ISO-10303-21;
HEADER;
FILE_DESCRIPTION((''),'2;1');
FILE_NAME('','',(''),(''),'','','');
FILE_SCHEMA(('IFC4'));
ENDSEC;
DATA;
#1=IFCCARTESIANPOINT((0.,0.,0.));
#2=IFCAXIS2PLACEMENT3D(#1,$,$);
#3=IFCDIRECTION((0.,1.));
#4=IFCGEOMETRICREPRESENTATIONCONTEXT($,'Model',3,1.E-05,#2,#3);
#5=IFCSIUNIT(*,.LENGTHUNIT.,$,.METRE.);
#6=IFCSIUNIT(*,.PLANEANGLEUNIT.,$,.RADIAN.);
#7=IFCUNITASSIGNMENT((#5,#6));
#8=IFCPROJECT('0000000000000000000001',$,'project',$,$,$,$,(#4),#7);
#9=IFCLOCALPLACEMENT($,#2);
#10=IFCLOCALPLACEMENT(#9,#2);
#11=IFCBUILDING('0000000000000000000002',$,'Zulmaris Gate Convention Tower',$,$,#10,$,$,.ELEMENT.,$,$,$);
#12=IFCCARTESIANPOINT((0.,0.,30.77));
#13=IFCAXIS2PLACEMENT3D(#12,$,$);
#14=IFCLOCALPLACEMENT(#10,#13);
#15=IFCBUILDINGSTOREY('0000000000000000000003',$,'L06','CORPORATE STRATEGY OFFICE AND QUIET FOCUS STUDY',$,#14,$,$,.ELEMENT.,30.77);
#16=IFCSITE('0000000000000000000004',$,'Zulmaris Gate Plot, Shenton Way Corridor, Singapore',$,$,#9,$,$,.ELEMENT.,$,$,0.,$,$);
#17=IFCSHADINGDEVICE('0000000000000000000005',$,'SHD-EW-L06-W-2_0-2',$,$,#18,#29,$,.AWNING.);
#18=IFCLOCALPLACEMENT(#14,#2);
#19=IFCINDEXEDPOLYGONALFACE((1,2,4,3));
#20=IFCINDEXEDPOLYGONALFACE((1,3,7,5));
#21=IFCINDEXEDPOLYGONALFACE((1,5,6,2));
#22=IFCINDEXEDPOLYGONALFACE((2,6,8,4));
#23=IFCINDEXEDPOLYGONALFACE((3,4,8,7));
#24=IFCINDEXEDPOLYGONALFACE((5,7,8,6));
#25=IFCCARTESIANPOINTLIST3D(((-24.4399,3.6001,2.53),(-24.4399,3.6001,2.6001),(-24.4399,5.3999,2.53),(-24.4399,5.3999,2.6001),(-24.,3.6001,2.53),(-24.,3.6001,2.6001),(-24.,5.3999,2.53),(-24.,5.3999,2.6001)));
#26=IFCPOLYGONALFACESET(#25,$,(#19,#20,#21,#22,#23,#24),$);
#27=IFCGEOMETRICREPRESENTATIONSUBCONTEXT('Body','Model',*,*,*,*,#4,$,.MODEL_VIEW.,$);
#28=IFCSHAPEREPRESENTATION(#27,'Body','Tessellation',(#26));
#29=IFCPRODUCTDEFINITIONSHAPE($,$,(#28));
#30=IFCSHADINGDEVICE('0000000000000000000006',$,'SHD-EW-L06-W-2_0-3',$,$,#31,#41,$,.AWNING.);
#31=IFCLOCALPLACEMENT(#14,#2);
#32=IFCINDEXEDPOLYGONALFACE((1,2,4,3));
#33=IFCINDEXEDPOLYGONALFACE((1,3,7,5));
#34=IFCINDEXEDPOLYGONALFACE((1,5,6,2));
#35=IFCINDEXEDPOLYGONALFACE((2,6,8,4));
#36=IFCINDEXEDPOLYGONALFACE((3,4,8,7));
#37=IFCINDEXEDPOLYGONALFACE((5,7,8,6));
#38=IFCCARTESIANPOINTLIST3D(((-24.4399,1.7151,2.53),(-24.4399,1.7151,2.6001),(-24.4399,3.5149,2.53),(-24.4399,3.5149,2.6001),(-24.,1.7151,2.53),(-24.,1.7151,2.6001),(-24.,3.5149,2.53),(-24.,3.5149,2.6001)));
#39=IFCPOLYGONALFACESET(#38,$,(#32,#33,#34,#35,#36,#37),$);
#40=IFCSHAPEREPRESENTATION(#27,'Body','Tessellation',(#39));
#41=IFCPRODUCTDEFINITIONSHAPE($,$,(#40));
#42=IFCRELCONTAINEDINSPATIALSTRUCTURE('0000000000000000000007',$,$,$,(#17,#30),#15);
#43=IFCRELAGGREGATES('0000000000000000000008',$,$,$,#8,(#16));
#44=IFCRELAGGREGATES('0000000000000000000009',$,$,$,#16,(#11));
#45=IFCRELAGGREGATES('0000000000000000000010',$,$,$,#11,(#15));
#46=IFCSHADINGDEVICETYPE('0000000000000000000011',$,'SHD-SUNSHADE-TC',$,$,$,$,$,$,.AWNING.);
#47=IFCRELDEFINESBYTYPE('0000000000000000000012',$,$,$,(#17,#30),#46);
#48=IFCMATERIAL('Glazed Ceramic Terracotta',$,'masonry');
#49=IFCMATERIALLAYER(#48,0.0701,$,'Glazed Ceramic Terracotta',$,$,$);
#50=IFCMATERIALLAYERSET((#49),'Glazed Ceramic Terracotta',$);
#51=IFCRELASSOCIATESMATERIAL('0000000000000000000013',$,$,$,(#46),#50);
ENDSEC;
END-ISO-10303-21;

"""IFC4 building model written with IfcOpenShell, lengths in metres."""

from ifc_helpers import new_model, si_unit, direction, frame, frame_2d, origin, place, context, subcontext, project, spatial, rectangle, extrude, material, layer, layer_set, type_object, element, save


model = new_model("IFC4")

# Units and contexts
model_context = context("Model", 3, precision=1e-05, world=origin(), true_north=direction((0.0, 1.0)))
body_context = subcontext(model_context, "Body", "Model", "MODEL_VIEW")
ifc_project = project(units=[si_unit("LENGTHUNIT", "METRE"), si_unit("PLANEANGLEUNIT", "RADIAN")], contexts=[model_context])

# Site, building, storey
site_placement = place(None, origin())
site = spatial("IfcSite", under=ifc_project, at=site_placement, Name="Zulmaris Gate Plot, Shenton Way Corridor, Singapore", CompositionType="ELEMENT", RefElevation=0.0)
building_placement = place(site_placement, origin())
building = spatial("IfcBuilding", under=site, at=building_placement, Name="Zulmaris Gate Convention Tower", CompositionType="ELEMENT")
storey_placement = place(building_placement, frame((0.0, 0.0, 30.77)))
storey = spatial("IfcBuildingStorey", under=building, at=storey_placement, Name="L06", Description="CORPORATE STRATEGY OFFICE AND QUIET FOCUS STUDY", CompositionType="ELEMENT", Elevation=30.77)

# Shading devices
ifc_material_1 = material(Name="Glazed Ceramic Terracotta", Category="masonry")
ifc_layer_1 = layer(ifc_material_1, 0.0701, Name="Glazed Ceramic Terracotta")
ifc_layer_set_1 = layer_set([ifc_layer_1], Name="Glazed Ceramic Terracotta")
shading_device_type = type_object("IfcShadingDeviceType", Name="SHD-SUNSHADE-TC", PredefinedType="AWNING", material=ifc_layer_set_1)
for number, where, z_axis, x_axis, name in (
    (1, (-24.22, 5.3999, 2.53), (0.0, 0.0, 1.0), (0.0, -1.0, 0.0), "SHD-EW-L06-W-2_0-2"),
    (2, (-24.22, 3.5149, 2.53), (0.0, 0.0, 1.0), (0.0, -1.0, 0.0), "SHD-EW-L06-W-2_0-3"),
):
    element("IfcShadingDevice", number, at=place(storey_placement, frame(where, z_axis=z_axis, x_axis=x_axis)), inside=storey, type_object=shading_device_type, Name=name, PredefinedType="AWNING", context=body_context, shape_type="SweptSolid", body=[
        extrude(rectangle(XDim=1.7998, YDim=0.4399, at=frame_2d((0.8999, 0.0))), origin(), (0.0, 0.0, 1.0), 0.0701),
    ])

save(model, "model.ifc")
